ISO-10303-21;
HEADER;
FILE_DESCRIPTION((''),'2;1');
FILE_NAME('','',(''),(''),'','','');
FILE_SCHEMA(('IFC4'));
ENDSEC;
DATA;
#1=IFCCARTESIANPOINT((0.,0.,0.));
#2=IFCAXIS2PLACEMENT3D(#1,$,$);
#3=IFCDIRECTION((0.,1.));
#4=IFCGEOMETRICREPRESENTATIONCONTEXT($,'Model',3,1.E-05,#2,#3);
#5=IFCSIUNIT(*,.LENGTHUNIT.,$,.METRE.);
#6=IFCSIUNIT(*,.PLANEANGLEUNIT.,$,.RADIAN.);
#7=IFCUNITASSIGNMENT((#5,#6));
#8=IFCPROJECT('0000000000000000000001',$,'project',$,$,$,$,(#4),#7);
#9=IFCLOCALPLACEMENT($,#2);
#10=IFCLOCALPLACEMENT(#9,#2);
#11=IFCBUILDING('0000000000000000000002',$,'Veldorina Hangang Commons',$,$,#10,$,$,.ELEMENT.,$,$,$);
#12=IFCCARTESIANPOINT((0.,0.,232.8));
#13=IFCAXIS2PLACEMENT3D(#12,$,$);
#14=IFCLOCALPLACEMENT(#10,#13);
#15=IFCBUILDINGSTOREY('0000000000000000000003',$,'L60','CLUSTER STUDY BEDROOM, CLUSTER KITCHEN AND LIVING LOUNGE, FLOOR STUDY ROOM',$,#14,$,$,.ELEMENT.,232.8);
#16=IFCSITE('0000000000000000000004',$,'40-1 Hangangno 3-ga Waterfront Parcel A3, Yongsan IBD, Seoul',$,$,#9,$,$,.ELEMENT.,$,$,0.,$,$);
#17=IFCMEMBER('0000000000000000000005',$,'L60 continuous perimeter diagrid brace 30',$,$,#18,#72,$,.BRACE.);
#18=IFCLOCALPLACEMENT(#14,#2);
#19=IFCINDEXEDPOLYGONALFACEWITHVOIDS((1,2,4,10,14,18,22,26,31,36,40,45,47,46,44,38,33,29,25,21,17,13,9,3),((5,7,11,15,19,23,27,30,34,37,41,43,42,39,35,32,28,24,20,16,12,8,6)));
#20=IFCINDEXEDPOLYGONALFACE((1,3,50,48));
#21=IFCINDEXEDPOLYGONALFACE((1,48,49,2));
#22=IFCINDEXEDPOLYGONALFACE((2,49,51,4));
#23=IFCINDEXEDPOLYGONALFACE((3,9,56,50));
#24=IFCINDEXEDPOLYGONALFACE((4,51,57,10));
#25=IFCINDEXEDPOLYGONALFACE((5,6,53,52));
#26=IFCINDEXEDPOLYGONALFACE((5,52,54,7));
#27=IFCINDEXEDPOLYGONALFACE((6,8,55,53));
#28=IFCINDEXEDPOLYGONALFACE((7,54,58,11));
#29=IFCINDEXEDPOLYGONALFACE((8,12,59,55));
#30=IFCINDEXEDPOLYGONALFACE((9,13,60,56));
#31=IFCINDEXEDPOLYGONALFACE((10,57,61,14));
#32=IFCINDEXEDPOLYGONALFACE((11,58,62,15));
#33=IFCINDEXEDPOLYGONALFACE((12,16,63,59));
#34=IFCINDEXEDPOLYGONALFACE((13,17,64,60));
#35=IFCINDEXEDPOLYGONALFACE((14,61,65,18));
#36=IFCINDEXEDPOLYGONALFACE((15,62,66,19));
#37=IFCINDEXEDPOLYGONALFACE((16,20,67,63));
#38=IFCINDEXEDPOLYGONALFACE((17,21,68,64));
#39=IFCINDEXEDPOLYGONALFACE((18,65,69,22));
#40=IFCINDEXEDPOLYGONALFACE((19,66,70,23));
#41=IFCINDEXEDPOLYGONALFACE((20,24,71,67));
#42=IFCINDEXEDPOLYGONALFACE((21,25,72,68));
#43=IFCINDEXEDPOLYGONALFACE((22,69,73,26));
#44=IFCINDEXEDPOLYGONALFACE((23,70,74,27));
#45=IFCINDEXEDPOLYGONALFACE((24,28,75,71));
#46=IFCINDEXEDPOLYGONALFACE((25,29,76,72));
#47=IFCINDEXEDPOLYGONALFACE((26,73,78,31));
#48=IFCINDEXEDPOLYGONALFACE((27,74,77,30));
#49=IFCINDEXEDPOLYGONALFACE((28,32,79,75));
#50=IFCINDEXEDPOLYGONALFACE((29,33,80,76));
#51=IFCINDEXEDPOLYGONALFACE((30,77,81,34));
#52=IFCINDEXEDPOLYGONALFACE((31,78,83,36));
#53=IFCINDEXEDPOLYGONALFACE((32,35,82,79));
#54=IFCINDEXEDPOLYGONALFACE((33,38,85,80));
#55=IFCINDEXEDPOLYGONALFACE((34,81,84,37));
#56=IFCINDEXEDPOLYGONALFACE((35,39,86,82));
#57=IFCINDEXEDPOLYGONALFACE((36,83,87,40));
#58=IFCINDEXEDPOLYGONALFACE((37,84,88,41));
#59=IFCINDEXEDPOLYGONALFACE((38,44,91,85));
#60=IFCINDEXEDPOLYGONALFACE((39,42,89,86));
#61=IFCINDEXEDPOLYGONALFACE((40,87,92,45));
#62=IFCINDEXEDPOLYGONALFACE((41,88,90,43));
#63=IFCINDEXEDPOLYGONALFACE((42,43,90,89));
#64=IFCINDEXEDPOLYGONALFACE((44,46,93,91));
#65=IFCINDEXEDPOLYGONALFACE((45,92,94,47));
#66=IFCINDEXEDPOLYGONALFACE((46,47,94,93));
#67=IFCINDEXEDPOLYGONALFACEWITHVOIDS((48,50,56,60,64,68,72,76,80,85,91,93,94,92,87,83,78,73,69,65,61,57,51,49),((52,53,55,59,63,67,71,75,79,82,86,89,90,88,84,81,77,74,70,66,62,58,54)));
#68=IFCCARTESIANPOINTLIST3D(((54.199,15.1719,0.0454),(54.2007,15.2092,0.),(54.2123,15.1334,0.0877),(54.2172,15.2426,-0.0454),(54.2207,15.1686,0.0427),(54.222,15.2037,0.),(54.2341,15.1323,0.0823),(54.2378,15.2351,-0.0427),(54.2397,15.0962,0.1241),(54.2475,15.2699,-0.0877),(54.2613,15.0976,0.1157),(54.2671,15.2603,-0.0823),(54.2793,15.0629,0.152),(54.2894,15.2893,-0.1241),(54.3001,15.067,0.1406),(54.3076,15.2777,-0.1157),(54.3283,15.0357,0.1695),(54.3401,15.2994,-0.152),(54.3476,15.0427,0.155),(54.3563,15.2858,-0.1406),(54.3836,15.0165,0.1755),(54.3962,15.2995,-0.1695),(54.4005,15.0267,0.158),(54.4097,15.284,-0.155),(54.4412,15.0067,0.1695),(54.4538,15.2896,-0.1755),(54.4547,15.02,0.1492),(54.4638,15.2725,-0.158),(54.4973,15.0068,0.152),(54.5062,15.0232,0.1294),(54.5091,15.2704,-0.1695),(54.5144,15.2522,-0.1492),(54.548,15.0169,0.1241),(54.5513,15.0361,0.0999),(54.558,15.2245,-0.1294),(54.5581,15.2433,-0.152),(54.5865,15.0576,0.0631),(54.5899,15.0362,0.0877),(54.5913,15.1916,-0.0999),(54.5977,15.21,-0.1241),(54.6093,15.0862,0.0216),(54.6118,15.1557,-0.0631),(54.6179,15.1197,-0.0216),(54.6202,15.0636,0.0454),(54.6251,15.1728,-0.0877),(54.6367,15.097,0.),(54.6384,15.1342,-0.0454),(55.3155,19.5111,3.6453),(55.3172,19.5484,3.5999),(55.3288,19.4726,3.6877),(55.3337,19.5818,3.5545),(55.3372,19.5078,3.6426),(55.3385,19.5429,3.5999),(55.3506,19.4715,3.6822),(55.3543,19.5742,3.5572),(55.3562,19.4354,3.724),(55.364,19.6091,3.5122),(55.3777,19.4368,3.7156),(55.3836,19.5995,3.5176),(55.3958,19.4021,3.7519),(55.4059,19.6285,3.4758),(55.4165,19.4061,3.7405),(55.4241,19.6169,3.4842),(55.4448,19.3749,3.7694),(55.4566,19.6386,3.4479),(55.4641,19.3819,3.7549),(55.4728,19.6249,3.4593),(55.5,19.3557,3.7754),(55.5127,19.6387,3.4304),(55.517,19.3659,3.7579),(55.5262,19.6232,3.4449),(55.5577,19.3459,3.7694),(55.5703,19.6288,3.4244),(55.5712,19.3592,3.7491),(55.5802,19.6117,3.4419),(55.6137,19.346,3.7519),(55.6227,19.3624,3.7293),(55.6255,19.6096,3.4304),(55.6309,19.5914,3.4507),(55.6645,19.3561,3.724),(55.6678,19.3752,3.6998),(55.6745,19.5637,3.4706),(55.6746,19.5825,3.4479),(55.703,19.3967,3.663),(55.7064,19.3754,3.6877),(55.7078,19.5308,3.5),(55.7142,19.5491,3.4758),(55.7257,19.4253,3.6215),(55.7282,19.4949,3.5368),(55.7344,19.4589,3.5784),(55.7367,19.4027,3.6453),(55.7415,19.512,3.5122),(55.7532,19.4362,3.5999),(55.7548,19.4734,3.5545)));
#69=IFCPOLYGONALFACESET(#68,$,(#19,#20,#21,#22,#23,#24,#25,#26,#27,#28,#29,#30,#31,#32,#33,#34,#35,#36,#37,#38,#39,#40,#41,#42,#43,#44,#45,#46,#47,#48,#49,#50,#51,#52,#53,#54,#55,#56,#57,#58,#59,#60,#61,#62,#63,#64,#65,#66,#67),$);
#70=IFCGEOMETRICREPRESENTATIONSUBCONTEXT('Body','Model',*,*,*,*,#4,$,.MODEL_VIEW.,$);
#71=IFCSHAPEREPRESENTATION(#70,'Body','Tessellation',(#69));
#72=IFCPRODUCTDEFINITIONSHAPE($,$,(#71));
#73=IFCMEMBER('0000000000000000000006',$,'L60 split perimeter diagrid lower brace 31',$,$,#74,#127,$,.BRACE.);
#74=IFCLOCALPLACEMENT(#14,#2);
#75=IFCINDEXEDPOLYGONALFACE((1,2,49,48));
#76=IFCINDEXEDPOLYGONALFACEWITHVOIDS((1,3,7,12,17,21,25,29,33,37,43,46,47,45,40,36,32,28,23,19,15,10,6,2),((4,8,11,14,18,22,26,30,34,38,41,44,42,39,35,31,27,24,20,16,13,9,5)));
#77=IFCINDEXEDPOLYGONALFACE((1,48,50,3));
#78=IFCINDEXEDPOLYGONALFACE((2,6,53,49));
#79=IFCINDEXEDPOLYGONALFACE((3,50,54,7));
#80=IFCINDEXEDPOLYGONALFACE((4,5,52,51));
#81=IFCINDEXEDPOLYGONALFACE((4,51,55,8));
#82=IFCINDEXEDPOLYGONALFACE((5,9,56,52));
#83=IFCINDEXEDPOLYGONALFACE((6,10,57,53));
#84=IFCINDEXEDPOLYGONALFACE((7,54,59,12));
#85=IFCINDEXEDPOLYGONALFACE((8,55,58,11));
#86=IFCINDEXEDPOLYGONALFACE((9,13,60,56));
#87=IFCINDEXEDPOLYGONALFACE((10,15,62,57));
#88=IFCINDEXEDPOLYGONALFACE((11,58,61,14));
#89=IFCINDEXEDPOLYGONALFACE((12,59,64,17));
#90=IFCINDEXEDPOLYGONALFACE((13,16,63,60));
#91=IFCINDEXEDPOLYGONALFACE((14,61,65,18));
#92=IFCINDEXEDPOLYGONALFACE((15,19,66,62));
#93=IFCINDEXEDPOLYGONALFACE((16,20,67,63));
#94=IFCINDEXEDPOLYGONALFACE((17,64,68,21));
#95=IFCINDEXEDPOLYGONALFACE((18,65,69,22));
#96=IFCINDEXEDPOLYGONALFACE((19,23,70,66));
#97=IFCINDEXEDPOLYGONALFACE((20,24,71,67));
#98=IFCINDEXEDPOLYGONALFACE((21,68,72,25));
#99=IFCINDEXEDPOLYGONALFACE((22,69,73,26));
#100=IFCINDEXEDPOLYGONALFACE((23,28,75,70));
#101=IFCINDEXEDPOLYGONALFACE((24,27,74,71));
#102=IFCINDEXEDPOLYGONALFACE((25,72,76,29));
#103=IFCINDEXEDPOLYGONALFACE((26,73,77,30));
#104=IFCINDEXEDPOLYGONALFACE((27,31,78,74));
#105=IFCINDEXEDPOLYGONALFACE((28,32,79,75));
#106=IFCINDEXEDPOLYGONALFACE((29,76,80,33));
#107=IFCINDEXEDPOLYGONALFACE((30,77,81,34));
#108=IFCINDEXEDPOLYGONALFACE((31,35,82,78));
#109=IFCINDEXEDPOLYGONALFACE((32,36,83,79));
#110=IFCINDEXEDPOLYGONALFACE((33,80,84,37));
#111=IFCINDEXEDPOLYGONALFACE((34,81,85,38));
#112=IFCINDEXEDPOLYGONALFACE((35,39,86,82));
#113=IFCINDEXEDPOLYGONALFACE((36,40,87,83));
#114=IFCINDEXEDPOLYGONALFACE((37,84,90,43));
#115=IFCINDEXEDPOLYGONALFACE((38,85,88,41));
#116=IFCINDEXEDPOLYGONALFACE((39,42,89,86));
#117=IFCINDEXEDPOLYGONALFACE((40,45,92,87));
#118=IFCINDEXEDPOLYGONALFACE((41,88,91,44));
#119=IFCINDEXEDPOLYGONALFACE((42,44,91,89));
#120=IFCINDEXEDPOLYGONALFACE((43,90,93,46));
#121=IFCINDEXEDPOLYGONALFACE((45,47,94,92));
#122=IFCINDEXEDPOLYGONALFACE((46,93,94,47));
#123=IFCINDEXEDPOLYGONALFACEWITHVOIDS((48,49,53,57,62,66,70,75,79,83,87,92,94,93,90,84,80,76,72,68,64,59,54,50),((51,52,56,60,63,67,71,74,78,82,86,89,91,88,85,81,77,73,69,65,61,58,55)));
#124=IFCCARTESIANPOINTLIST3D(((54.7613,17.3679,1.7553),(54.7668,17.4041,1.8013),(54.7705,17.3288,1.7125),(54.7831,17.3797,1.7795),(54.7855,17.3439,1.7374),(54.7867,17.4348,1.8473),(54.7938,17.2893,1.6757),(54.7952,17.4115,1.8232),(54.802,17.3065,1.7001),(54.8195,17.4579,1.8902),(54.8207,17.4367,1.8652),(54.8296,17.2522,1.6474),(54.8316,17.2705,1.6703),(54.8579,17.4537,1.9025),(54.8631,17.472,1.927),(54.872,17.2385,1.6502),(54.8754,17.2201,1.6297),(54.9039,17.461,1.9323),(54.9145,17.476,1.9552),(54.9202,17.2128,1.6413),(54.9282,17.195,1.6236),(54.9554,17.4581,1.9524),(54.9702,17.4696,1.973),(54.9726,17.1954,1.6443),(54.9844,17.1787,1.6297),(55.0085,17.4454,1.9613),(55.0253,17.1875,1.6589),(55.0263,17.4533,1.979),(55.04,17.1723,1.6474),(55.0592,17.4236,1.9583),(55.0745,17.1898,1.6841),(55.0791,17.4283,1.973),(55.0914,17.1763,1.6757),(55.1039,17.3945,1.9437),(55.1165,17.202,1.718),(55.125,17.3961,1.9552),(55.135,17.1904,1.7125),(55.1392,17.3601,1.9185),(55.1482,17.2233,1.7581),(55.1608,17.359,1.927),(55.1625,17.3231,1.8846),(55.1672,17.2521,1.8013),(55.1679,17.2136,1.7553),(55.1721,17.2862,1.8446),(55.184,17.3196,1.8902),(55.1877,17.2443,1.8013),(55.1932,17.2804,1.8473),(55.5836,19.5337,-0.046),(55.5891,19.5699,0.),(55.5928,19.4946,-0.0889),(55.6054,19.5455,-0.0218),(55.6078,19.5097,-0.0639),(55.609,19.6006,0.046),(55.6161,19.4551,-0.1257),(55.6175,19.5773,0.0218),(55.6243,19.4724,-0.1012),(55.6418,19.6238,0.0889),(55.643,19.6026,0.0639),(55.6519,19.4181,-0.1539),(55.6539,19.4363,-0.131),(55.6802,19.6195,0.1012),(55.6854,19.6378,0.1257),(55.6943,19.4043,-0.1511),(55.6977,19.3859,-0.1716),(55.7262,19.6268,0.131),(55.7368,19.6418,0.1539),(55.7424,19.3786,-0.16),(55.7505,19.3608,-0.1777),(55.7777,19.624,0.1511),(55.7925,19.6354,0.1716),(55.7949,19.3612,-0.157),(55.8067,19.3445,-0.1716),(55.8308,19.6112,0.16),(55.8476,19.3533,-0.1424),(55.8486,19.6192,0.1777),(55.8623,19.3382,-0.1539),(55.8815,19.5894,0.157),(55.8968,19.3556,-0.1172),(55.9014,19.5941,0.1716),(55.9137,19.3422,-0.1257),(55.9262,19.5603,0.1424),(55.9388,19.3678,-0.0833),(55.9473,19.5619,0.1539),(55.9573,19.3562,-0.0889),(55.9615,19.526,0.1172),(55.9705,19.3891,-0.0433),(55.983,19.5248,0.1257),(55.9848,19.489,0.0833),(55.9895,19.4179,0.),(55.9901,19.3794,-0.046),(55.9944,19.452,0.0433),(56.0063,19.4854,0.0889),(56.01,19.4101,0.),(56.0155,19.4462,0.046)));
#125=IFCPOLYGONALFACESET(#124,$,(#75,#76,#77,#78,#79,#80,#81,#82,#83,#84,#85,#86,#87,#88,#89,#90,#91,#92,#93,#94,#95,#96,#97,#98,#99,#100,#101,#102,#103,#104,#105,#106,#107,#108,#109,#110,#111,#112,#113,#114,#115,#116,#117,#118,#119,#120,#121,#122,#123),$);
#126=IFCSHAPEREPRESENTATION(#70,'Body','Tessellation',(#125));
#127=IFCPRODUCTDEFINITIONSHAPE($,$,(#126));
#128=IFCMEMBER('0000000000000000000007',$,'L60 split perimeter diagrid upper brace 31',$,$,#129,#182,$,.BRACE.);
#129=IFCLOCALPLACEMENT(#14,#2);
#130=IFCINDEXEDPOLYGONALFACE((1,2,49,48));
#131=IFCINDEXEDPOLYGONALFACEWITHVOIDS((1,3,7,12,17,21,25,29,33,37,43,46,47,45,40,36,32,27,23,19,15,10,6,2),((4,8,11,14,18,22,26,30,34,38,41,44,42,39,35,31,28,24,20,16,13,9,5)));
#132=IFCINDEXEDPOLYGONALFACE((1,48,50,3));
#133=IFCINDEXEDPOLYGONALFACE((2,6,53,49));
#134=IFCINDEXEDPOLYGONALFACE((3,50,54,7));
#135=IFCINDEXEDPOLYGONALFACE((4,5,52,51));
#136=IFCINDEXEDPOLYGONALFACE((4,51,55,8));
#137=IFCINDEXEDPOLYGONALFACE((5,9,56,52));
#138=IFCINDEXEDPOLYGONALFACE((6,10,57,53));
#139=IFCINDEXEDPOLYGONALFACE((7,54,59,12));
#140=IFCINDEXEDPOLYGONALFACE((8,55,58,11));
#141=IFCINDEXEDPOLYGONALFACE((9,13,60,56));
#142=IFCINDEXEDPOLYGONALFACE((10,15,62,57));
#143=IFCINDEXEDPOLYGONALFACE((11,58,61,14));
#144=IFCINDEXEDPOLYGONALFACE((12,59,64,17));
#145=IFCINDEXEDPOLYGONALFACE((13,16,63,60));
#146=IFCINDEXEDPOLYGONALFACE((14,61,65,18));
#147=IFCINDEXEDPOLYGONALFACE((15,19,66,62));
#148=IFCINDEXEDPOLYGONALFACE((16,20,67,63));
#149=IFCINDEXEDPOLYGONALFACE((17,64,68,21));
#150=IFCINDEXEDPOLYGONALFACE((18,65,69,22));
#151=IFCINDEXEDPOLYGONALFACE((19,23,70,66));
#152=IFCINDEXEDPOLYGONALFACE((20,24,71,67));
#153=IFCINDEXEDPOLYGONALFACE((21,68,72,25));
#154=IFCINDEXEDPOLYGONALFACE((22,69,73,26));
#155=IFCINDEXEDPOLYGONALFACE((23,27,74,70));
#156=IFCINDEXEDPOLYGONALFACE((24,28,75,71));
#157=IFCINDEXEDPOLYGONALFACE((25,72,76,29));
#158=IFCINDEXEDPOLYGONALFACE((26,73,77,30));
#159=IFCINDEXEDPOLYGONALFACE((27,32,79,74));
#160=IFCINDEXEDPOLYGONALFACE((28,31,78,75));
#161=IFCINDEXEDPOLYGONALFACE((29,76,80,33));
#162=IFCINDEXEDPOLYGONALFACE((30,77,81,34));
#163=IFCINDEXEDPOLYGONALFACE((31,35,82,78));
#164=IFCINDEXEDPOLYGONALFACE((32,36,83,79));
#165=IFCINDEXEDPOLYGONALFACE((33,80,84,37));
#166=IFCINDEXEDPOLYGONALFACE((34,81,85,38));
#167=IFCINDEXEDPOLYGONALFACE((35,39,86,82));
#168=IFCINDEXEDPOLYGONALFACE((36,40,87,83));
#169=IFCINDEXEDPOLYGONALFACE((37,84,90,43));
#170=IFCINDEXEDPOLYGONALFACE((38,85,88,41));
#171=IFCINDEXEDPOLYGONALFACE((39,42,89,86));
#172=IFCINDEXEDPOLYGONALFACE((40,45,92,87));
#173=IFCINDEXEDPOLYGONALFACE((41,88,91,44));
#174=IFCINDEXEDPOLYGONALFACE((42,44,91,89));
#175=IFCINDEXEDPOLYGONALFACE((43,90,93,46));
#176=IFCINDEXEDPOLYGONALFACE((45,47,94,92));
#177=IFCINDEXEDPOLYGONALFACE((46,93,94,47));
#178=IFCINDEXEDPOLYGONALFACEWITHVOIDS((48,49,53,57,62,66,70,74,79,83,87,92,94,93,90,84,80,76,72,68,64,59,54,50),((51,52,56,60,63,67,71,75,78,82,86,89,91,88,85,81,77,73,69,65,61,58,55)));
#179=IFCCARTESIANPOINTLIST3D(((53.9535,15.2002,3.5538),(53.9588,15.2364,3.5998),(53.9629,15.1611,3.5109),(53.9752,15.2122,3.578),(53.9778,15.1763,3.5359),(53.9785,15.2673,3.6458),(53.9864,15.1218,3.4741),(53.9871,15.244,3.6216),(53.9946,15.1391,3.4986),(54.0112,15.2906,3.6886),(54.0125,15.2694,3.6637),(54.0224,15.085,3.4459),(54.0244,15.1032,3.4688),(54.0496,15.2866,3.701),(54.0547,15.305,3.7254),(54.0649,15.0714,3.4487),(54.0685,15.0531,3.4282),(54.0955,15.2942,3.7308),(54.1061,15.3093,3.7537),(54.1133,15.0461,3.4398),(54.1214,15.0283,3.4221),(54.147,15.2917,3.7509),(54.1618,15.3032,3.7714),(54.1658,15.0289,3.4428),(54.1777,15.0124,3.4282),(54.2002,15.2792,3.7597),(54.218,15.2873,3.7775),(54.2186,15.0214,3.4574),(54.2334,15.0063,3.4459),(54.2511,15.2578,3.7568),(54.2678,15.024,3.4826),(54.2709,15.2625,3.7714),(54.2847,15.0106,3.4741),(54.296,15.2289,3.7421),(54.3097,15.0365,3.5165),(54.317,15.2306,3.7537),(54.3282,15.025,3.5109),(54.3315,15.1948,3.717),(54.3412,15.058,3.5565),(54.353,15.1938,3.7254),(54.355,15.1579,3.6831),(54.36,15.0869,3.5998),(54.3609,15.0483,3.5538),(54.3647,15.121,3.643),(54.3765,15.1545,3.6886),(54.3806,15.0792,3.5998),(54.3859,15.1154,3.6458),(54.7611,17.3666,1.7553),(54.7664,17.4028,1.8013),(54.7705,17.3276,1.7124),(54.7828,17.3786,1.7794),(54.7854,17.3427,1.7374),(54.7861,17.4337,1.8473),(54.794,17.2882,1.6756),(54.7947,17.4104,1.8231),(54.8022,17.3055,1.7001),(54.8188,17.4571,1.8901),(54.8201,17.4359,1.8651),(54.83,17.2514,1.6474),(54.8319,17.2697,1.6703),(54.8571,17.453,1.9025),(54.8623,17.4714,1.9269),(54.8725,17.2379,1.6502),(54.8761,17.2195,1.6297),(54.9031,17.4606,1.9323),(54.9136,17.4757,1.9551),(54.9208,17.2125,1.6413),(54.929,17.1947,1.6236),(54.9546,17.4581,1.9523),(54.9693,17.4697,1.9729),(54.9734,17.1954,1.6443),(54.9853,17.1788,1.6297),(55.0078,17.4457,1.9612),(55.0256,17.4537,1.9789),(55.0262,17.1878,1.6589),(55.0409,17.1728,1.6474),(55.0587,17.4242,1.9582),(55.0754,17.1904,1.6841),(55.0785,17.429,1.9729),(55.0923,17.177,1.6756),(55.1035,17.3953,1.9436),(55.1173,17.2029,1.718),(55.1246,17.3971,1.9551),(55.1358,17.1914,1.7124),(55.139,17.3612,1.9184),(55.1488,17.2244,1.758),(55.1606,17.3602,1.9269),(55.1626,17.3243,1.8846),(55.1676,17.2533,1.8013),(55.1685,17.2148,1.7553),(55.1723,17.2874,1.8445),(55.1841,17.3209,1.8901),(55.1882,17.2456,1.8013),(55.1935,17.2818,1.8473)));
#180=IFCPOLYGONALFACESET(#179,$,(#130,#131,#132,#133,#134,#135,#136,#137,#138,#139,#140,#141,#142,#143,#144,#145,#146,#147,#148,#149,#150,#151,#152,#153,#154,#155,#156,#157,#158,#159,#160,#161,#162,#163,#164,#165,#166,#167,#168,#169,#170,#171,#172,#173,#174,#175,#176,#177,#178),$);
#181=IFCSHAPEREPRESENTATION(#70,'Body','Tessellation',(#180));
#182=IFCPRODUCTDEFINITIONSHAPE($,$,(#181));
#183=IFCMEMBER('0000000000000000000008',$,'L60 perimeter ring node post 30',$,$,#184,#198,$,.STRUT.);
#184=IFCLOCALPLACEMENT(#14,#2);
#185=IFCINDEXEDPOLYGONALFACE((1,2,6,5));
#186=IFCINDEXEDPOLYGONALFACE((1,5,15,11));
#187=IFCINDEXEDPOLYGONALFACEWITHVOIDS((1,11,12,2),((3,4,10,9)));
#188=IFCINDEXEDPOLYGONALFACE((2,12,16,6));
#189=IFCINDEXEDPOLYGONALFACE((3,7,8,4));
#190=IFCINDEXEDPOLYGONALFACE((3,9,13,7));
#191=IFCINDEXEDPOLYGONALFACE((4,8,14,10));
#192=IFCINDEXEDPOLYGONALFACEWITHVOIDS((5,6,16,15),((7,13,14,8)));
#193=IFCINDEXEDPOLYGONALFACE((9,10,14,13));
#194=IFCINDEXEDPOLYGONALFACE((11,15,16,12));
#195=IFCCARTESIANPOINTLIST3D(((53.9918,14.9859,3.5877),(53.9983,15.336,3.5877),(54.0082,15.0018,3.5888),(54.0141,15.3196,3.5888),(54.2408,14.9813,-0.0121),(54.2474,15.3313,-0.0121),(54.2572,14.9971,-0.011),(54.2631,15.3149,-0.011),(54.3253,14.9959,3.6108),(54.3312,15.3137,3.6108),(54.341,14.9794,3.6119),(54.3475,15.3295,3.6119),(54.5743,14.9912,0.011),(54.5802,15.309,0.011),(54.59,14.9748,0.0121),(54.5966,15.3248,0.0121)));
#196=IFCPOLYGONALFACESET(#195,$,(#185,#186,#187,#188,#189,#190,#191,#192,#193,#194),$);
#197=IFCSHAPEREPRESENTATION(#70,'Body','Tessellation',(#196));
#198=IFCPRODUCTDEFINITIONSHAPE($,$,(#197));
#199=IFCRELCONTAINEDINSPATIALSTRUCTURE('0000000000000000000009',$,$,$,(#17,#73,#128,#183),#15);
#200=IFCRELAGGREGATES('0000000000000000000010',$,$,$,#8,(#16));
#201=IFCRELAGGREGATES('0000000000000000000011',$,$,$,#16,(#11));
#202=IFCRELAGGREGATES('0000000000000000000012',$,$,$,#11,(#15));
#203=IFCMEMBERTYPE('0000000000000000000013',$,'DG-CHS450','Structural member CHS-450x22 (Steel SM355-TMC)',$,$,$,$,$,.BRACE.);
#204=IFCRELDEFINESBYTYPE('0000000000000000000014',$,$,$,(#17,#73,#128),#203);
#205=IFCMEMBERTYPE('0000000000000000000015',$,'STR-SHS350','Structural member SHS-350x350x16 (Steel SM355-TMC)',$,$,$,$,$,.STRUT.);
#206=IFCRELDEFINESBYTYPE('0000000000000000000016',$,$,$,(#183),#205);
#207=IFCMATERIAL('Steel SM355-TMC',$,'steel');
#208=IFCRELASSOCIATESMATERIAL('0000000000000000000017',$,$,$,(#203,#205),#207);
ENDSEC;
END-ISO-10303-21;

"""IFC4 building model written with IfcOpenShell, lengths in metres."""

from ifc_helpers import new_model, si_unit, direction, frame, origin, origin_2d, place, context, subcontext, project, spatial, hollow_rectangle, hollow_circle, extrude, material, material_profile, profile_set, type_object, element, save


model = new_model("IFC4")

# Units and contexts
model_context = context("Model", 3, precision=1e-05, world=origin(), true_north=direction((0.0, 1.0)))
body_context = subcontext(model_context, "Body", "Model", "MODEL_VIEW")
ifc_project = project(units=[si_unit("LENGTHUNIT", "METRE"), si_unit("PLANEANGLEUNIT", "RADIAN")], contexts=[model_context])

# Site, building, storey
site_placement = place(None, origin())
site = spatial("IfcSite", under=ifc_project, at=site_placement, Name="40-1 Hangangno 3-ga Waterfront Parcel A3, Yongsan IBD, Seoul", CompositionType="ELEMENT", RefElevation=0.0)
building_placement = place(site_placement, origin())
building = spatial("IfcBuilding", under=site, at=building_placement, Name="Veldorina Hangang Commons", CompositionType="ELEMENT")
storey_placement = place(building_placement, frame((0.0, 0.0, 232.8)))
storey = spatial("IfcBuildingStorey", under=building, at=storey_placement, Name="L60", Description="CLUSTER STUDY BEDROOM, CLUSTER KITCHEN AND LIVING LOUNGE, FLOOR STUDY ROOM", CompositionType="ELEMENT", Elevation=232.8)

# Shared definitions
ifc_material_1 = material(Name="Steel SM355-TMC", Category="steel")

# Members
ifc_material_profile_1 = material_profile(ifc_material_1, hollow_circle(Radius=0.2251, WallThickness=0.022, at=origin_2d()), Name="CHS-450x22")
ifc_profile_set_1 = profile_set([ifc_material_profile_1], Name="Steel SM355-TMC")
member_type_1 = type_object("IfcMemberType", Name="DG-CHS450", Description="Structural member CHS-450x22 (Steel SM355-TMC)", PredefinedType="BRACE", material=ifc_profile_set_1)
member_1_placement = place(storey_placement, frame((54.4187, 15.1531, 0.0), z_axis=(0.194252, 0.754961, 0.626338), x_axis=(-0.968456, 0.249184, 0.0)))
element("IfcMember", 1, at=member_1_placement, inside=storey, type_object=member_type_1, Name="L60 continuous perimeter diagrid brace 30", PredefinedType="BRACE", context=body_context, shape_type="SweptSolid", body=[
    extrude(hollow_circle(Radius=0.2251, WallThickness=0.022, at=origin_2d()), origin(), (0.0, 0.0, 1.0), 5.7476),
])
member_2_placement = place(storey_placement, frame((55.7996, 19.49, 0.0), z_axis=(-0.280207, -0.738039, 0.613826), x_axis=(0.934888, -0.354943, 0.0)))
element("IfcMember", 2, at=member_2_placement, inside=storey, type_object=member_type_1, Name="L60 split perimeter diagrid lower brace 31", PredefinedType="BRACE", context=body_context, shape_type="SweptSolid", body=[
    extrude(hollow_circle(Radius=0.2251, WallThickness=0.022, at=origin_2d()), origin(), (0.0, 0.0, 1.0), 2.9346),
])
member_3_placement = place(storey_placement, frame((54.9773, 17.3242, 1.8013), z_axis=(-0.275702, -0.739594, 0.613995), x_axis=(0.937013, -0.349294, 0.0)))
element("IfcMember", 3, at=member_3_placement, inside=storey, type_object=member_type_1, Name="L60 split perimeter diagrid upper brace 31", PredefinedType="BRACE", context=body_context, shape_type="SweptSolid", body=[
    extrude(hollow_circle(Radius=0.2251, WallThickness=0.022, at=origin_2d()), origin(), (0.0, 0.0, 1.0), 2.9292),
])
ifc_material_profile_2 = material_profile(ifc_material_1, hollow_rectangle(XDim=0.3501, YDim=0.3501, WallThickness=0.0161, at=origin_2d()), Name="SHS-350x350x16")
ifc_profile_set_2 = profile_set([ifc_material_profile_2], Name="Steel SM355-TMC")
member_type_2 = type_object("IfcMemberType", Name="STR-SHS350", Description="Structural member SHS-350x350x16 (Steel SM355-TMC)", PredefinedType="STRUT", material=ifc_profile_set_2)
member_4_placement = place(storey_placement, frame((54.4187, 15.1531, 0.0), z_axis=(-0.069011, 0.001285, 0.997615), x_axis=(-0.018624, -0.999827, 0.0)))
element("IfcMember", 4, at=member_4_placement, inside=storey, type_object=member_type_2, Name="L60 perimeter ring node post 30", PredefinedType="STRUT", context=body_context, shape_type="SweptSolid", body=[
    extrude(hollow_rectangle(XDim=0.3501, YDim=0.3501, WallThickness=0.0161, at=origin_2d()), origin(), (0.0, 0.0, 1.0), 3.6084),
])

save(model, "model.ifc")
